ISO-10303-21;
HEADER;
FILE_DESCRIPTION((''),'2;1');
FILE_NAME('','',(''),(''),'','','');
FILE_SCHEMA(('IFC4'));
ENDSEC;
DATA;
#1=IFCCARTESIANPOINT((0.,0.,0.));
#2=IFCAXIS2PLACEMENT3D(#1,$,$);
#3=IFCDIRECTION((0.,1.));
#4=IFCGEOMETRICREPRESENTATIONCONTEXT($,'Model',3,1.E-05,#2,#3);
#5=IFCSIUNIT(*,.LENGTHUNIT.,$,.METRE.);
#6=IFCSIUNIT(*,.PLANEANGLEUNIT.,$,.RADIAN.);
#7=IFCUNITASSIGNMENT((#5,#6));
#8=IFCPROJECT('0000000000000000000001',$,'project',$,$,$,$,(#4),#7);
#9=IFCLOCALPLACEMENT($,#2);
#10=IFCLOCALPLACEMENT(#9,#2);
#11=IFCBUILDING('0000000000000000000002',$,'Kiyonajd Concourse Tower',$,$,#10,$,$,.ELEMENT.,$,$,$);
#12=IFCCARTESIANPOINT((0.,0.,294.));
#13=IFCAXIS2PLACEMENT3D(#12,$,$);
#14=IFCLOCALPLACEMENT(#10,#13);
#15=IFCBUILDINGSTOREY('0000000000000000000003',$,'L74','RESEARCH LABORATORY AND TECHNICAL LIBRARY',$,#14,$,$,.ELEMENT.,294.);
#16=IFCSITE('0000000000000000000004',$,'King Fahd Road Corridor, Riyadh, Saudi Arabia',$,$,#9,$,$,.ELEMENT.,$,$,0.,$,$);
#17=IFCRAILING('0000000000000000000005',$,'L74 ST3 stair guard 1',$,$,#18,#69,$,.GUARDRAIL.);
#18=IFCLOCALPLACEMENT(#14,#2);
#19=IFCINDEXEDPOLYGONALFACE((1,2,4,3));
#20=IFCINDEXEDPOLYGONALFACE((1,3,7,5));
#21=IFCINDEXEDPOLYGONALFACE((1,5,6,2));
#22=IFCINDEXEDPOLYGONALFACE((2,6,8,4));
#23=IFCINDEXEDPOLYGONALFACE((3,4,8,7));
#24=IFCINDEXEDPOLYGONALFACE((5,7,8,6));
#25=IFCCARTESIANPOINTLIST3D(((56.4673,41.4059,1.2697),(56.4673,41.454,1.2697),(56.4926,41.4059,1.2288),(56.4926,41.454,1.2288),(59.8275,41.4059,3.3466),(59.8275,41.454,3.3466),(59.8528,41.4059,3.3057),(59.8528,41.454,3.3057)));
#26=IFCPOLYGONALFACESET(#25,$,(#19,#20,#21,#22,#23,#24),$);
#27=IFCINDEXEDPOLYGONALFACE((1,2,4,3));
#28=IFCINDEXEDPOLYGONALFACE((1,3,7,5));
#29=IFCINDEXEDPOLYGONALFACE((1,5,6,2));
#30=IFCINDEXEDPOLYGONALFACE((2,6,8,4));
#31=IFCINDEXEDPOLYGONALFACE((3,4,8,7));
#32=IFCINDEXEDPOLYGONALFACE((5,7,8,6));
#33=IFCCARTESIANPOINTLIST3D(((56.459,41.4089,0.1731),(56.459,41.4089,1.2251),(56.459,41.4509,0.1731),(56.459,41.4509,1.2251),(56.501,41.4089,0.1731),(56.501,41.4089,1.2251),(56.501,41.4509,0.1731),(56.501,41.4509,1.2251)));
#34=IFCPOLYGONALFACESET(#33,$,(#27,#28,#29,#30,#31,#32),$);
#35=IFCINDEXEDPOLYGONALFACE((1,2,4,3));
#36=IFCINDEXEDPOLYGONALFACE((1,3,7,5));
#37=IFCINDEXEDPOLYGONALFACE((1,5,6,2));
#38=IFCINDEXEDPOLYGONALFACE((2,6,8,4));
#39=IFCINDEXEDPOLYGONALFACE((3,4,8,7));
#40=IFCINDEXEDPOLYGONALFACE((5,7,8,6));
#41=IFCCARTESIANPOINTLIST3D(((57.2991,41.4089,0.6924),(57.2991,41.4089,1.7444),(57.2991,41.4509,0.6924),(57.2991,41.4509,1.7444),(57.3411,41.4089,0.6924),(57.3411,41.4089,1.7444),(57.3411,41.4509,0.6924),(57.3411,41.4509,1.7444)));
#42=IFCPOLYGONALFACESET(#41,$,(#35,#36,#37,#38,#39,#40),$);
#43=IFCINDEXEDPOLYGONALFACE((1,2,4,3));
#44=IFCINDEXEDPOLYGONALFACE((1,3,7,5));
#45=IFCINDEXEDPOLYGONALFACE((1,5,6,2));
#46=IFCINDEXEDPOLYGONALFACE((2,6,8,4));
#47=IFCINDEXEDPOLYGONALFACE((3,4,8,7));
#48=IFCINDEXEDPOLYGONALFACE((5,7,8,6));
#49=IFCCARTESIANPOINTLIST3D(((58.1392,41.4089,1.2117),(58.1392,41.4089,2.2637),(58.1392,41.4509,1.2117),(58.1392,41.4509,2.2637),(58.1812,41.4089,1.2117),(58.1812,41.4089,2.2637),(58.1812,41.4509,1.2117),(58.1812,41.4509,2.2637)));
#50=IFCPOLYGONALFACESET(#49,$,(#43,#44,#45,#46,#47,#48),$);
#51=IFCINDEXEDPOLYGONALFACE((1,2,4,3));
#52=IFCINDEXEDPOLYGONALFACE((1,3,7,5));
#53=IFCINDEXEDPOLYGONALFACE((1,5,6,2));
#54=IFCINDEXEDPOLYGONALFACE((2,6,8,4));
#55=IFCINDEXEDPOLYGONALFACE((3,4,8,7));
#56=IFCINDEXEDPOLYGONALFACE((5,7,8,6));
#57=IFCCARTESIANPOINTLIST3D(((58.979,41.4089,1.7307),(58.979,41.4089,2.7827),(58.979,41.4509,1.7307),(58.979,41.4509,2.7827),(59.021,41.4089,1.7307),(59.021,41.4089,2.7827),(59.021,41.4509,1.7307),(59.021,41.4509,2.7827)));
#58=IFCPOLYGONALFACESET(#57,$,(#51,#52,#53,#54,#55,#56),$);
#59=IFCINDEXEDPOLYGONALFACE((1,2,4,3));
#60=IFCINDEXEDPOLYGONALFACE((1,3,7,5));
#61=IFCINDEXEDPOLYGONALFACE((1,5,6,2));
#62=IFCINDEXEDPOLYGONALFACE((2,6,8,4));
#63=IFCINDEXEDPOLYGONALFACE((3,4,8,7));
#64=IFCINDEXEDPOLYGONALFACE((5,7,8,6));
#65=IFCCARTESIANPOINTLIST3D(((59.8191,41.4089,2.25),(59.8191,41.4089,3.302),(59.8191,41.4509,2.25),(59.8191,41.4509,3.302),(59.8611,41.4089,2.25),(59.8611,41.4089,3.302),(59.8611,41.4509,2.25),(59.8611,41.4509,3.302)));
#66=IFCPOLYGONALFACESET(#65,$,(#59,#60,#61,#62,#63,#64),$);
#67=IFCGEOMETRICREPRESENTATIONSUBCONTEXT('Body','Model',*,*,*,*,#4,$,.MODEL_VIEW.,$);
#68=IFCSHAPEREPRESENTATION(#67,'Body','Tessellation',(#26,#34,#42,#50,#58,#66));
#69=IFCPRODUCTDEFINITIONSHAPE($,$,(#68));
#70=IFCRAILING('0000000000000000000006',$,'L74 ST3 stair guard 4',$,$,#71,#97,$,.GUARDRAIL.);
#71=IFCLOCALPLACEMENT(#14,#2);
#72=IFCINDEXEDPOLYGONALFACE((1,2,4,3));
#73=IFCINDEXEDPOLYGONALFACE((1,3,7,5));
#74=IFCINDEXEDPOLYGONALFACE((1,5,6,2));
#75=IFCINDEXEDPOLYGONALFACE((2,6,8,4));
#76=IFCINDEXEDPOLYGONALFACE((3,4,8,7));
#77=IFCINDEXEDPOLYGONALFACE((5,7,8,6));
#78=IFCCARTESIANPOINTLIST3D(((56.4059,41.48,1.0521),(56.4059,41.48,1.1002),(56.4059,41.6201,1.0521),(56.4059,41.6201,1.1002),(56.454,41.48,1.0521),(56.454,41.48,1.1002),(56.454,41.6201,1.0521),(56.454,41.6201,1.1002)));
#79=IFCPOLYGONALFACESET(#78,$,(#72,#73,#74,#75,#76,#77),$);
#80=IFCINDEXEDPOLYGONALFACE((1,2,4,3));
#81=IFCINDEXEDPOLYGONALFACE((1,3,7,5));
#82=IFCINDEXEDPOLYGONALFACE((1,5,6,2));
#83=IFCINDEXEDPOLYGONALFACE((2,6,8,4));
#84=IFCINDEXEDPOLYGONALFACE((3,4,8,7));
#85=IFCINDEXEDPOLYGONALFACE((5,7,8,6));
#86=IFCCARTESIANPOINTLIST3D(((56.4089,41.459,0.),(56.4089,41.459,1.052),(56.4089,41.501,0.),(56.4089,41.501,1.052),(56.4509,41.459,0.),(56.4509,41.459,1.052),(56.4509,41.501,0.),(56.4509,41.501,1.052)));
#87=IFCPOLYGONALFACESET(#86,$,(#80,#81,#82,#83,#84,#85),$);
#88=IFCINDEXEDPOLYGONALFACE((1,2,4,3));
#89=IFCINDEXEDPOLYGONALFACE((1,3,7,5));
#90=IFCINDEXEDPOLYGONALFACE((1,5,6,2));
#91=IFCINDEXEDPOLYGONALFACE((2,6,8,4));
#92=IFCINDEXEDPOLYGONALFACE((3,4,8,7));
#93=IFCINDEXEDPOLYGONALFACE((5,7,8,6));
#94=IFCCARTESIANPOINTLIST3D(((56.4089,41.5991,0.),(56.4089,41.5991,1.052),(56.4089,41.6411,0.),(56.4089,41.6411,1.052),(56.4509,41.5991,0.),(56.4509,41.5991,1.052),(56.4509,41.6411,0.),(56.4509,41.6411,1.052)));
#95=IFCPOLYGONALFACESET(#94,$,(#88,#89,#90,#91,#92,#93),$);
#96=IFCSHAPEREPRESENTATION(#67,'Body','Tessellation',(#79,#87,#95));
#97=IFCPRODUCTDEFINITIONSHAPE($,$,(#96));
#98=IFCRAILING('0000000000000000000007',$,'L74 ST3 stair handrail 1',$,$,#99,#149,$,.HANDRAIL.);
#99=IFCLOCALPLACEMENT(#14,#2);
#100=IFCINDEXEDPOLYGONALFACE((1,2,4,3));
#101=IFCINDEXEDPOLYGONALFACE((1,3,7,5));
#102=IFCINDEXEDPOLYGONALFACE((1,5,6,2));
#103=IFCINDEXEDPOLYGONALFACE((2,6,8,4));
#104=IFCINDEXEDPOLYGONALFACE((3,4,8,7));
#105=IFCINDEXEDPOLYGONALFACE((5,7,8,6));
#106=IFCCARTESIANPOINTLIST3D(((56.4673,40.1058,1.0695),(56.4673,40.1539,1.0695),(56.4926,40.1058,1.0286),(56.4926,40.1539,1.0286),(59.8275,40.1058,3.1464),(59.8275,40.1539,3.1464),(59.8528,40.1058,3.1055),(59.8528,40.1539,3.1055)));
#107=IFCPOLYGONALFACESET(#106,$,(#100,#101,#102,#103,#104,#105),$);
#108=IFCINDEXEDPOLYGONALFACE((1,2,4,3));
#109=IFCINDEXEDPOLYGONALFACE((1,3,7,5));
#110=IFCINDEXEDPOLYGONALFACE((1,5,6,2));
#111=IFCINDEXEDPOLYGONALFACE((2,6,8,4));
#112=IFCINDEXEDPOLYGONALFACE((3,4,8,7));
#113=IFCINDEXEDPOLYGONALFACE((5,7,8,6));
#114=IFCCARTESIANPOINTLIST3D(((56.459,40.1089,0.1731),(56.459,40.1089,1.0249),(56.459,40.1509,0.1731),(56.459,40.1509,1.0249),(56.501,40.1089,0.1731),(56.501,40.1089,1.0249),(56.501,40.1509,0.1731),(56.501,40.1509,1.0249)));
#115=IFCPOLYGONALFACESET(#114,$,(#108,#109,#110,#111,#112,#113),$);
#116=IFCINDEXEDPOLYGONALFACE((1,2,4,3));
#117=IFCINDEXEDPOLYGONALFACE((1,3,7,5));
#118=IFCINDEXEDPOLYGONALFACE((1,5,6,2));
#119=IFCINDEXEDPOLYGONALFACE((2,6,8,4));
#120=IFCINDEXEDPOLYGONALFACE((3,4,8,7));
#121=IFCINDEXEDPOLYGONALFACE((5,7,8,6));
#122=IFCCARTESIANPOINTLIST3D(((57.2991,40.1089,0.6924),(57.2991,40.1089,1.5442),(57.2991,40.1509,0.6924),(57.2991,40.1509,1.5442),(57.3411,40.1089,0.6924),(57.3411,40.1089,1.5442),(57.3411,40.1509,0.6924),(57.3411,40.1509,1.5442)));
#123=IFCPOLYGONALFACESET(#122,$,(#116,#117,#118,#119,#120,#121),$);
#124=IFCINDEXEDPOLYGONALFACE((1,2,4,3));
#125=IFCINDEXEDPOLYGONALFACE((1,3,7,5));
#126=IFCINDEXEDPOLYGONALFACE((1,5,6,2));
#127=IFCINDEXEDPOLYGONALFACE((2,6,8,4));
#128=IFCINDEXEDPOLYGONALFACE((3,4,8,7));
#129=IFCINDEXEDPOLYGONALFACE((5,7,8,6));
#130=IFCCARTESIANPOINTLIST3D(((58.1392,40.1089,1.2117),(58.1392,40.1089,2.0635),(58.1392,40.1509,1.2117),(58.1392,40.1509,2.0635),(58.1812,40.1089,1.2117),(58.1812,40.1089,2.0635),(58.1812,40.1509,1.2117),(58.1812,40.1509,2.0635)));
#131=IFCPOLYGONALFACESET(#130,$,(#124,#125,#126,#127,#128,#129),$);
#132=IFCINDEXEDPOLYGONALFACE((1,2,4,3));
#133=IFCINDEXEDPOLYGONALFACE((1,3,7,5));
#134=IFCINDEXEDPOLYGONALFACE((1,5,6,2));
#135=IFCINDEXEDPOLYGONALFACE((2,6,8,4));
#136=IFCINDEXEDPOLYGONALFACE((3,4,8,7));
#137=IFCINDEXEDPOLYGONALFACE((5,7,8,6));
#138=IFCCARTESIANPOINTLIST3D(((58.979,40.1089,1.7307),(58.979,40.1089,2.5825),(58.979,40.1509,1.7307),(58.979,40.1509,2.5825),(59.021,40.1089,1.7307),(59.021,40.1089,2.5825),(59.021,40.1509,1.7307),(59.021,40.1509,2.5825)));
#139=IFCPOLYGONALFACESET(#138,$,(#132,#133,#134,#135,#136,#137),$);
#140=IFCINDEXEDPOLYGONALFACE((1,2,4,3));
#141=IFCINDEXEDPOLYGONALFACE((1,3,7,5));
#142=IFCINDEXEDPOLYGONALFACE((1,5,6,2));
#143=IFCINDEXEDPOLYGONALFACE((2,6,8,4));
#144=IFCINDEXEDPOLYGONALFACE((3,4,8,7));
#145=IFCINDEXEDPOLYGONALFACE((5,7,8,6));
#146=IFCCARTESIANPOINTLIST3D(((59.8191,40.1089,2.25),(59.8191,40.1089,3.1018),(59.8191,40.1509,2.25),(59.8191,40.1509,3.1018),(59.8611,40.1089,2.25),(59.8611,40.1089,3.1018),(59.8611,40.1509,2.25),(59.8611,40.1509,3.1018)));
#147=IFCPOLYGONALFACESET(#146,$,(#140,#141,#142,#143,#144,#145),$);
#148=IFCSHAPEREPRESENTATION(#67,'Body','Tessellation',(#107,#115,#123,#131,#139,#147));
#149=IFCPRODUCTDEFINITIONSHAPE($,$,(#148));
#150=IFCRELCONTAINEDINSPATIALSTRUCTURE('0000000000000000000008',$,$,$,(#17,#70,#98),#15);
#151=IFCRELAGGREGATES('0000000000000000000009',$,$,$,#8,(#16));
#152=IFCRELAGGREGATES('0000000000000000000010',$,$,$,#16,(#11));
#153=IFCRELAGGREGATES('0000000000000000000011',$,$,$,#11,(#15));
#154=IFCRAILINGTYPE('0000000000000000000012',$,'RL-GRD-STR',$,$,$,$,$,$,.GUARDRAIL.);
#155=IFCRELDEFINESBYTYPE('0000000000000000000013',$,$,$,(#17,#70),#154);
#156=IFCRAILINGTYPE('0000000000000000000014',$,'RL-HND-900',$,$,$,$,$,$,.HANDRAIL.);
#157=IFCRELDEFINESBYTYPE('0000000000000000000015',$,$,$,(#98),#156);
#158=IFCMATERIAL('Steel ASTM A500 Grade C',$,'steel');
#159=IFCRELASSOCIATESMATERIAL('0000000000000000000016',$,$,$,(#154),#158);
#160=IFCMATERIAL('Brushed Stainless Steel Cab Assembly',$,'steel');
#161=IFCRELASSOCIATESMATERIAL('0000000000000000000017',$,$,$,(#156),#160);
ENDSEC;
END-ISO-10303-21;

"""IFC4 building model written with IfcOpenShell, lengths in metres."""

from ifc_helpers import new_model, si_unit, direction, frame, origin, origin_2d, place, context, subcontext, project, spatial, rectangle, extrude, material, type_object, element, save


model = new_model("IFC4")

# Units and contexts
model_context = context("Model", 3, precision=1e-05, world=origin(), true_north=direction((0.0, 1.0)))
body_context = subcontext(model_context, "Body", "Model", "MODEL_VIEW")
ifc_project = project(units=[si_unit("LENGTHUNIT", "METRE"), si_unit("PLANEANGLEUNIT", "RADIAN")], contexts=[model_context])

# Site, building, storey
site_placement = place(None, origin())
site = spatial("IfcSite", under=ifc_project, at=site_placement, Name="King Fahd Road Corridor, Riyadh, Saudi Arabia", CompositionType="ELEMENT", RefElevation=0.0)
building_placement = place(site_placement, origin())
building = spatial("IfcBuilding", under=site, at=building_placement, Name="Kiyonajd Concourse Tower", CompositionType="ELEMENT")
storey_placement = place(building_placement, frame((0.0, 0.0, 294.0)))
storey = spatial("IfcBuildingStorey", under=building, at=storey_placement, Name="L74", Description="RESEARCH LABORATORY AND TECHNICAL LIBRARY", CompositionType="ELEMENT", Elevation=294.0)

# Shared definitions
ifc_material_1 = material(Name="Brushed Stainless Steel Cab Assembly", Category="steel")

# Railings
ifc_material_2 = material(Name="Steel ASTM A500 Grade C", Category="steel")
railing_type_1 = type_object("IfcRailingType", Name="RL-GRD-STR", PredefinedType="GUARDRAIL", material=ifc_material_2)
railing_1_placement = place(storey_placement, frame((56.48, 41.4299, 0.1731)))
element("IfcRailing", 1, at=railing_1_placement, inside=storey, type_object=railing_type_1, Name="L74 ST3 stair guard 1", PredefinedType="GUARDRAIL", context=body_context, shape_type="SweptSolid", body=[
    extrude(rectangle(XDim=0.0481, YDim=0.0481, at=origin_2d()), frame((0.0, 0.0, 1.0762), z_axis=(0.850623, 0.0, 0.525776), x_axis=(0.0, 1.0, 0.0)), (0.0, 0.0, 1.0), 3.9502),
    extrude(rectangle(XDim=0.042, YDim=0.042, at=origin_2d()), origin(), (0.0, 0.0, 1.0), 1.052),
    extrude(rectangle(XDim=0.042, YDim=0.042, at=origin_2d()), frame((0.8401, 0.0, 0.5193)), (0.0, 0.0, 1.0), 1.052),
    extrude(rectangle(XDim=0.042, YDim=0.042, at=origin_2d()), frame((1.6802, 0.0, 1.0386)), (0.0, 0.0, 1.0), 1.052),
    extrude(rectangle(XDim=0.042, YDim=0.042, at=origin_2d()), frame((2.52, 0.0, 1.5576)), (0.0, 0.0, 1.0), 1.052),
    extrude(rectangle(XDim=0.042, YDim=0.042, at=origin_2d()), frame((3.3601, 0.0, 2.0769)), (0.0, 0.0, 1.0), 1.052),
])
railing_2_placement = place(storey_placement, frame((56.4299, 41.48, 0.0)))
element("IfcRailing", 2, at=railing_2_placement, inside=storey, type_object=railing_type_1, Name="L74 ST3 stair guard 4", PredefinedType="GUARDRAIL", context=body_context, shape_type="SweptSolid", body=[
    extrude(rectangle(XDim=0.0481, YDim=0.0481, at=origin_2d()), frame((0.0, 0.0, 1.0762), z_axis=(0.0, 1.0, 0.0), x_axis=(-1.0, 0.0, 0.0)), (0.0, 0.0, 1.0), 0.1401),
    extrude(rectangle(XDim=0.042, YDim=0.042, at=origin_2d()), origin(), (0.0, 0.0, 1.0), 1.052),
    extrude(rectangle(XDim=0.042, YDim=0.042, at=origin_2d()), frame((0.0, 0.1401, 0.0)), (0.0, 0.0, 1.0), 1.052),
])
railing_type_2 = type_object("IfcRailingType", Name="RL-HND-900", PredefinedType="HANDRAIL", material=ifc_material_1)
railing_3_placement = place(storey_placement, frame((56.48, 40.1299, 0.1731)))
element("IfcRailing", 3, at=railing_3_placement, inside=storey, type_object=railing_type_2, Name="L74 ST3 stair handrail 1", PredefinedType="HANDRAIL", context=body_context, shape_type="SweptSolid", body=[
    extrude(rectangle(XDim=0.0481, YDim=0.0481, at=origin_2d()), frame((0.0, 0.0, 0.876), z_axis=(0.850623, 0.0, 0.525776), x_axis=(0.0, 1.0, 0.0)), (0.0, 0.0, 1.0), 3.9502),
    extrude(rectangle(XDim=0.042, YDim=0.042, at=origin_2d()), origin(), (0.0, 0.0, 1.0), 0.8518),
    extrude(rectangle(XDim=0.042, YDim=0.042, at=origin_2d()), frame((0.8401, 0.0, 0.5193)), (0.0, 0.0, 1.0), 0.8518),
    extrude(rectangle(XDim=0.042, YDim=0.042, at=origin_2d()), frame((1.6802, 0.0, 1.0386)), (0.0, 0.0, 1.0), 0.8518),
    extrude(rectangle(XDim=0.042, YDim=0.042, at=origin_2d()), frame((2.52, 0.0, 1.5576)), (0.0, 0.0, 1.0), 0.8518),
    extrude(rectangle(XDim=0.042, YDim=0.042, at=origin_2d()), frame((3.3601, 0.0, 2.0769)), (0.0, 0.0, 1.0), 0.8518),
])

save(model, "model.ifc")
